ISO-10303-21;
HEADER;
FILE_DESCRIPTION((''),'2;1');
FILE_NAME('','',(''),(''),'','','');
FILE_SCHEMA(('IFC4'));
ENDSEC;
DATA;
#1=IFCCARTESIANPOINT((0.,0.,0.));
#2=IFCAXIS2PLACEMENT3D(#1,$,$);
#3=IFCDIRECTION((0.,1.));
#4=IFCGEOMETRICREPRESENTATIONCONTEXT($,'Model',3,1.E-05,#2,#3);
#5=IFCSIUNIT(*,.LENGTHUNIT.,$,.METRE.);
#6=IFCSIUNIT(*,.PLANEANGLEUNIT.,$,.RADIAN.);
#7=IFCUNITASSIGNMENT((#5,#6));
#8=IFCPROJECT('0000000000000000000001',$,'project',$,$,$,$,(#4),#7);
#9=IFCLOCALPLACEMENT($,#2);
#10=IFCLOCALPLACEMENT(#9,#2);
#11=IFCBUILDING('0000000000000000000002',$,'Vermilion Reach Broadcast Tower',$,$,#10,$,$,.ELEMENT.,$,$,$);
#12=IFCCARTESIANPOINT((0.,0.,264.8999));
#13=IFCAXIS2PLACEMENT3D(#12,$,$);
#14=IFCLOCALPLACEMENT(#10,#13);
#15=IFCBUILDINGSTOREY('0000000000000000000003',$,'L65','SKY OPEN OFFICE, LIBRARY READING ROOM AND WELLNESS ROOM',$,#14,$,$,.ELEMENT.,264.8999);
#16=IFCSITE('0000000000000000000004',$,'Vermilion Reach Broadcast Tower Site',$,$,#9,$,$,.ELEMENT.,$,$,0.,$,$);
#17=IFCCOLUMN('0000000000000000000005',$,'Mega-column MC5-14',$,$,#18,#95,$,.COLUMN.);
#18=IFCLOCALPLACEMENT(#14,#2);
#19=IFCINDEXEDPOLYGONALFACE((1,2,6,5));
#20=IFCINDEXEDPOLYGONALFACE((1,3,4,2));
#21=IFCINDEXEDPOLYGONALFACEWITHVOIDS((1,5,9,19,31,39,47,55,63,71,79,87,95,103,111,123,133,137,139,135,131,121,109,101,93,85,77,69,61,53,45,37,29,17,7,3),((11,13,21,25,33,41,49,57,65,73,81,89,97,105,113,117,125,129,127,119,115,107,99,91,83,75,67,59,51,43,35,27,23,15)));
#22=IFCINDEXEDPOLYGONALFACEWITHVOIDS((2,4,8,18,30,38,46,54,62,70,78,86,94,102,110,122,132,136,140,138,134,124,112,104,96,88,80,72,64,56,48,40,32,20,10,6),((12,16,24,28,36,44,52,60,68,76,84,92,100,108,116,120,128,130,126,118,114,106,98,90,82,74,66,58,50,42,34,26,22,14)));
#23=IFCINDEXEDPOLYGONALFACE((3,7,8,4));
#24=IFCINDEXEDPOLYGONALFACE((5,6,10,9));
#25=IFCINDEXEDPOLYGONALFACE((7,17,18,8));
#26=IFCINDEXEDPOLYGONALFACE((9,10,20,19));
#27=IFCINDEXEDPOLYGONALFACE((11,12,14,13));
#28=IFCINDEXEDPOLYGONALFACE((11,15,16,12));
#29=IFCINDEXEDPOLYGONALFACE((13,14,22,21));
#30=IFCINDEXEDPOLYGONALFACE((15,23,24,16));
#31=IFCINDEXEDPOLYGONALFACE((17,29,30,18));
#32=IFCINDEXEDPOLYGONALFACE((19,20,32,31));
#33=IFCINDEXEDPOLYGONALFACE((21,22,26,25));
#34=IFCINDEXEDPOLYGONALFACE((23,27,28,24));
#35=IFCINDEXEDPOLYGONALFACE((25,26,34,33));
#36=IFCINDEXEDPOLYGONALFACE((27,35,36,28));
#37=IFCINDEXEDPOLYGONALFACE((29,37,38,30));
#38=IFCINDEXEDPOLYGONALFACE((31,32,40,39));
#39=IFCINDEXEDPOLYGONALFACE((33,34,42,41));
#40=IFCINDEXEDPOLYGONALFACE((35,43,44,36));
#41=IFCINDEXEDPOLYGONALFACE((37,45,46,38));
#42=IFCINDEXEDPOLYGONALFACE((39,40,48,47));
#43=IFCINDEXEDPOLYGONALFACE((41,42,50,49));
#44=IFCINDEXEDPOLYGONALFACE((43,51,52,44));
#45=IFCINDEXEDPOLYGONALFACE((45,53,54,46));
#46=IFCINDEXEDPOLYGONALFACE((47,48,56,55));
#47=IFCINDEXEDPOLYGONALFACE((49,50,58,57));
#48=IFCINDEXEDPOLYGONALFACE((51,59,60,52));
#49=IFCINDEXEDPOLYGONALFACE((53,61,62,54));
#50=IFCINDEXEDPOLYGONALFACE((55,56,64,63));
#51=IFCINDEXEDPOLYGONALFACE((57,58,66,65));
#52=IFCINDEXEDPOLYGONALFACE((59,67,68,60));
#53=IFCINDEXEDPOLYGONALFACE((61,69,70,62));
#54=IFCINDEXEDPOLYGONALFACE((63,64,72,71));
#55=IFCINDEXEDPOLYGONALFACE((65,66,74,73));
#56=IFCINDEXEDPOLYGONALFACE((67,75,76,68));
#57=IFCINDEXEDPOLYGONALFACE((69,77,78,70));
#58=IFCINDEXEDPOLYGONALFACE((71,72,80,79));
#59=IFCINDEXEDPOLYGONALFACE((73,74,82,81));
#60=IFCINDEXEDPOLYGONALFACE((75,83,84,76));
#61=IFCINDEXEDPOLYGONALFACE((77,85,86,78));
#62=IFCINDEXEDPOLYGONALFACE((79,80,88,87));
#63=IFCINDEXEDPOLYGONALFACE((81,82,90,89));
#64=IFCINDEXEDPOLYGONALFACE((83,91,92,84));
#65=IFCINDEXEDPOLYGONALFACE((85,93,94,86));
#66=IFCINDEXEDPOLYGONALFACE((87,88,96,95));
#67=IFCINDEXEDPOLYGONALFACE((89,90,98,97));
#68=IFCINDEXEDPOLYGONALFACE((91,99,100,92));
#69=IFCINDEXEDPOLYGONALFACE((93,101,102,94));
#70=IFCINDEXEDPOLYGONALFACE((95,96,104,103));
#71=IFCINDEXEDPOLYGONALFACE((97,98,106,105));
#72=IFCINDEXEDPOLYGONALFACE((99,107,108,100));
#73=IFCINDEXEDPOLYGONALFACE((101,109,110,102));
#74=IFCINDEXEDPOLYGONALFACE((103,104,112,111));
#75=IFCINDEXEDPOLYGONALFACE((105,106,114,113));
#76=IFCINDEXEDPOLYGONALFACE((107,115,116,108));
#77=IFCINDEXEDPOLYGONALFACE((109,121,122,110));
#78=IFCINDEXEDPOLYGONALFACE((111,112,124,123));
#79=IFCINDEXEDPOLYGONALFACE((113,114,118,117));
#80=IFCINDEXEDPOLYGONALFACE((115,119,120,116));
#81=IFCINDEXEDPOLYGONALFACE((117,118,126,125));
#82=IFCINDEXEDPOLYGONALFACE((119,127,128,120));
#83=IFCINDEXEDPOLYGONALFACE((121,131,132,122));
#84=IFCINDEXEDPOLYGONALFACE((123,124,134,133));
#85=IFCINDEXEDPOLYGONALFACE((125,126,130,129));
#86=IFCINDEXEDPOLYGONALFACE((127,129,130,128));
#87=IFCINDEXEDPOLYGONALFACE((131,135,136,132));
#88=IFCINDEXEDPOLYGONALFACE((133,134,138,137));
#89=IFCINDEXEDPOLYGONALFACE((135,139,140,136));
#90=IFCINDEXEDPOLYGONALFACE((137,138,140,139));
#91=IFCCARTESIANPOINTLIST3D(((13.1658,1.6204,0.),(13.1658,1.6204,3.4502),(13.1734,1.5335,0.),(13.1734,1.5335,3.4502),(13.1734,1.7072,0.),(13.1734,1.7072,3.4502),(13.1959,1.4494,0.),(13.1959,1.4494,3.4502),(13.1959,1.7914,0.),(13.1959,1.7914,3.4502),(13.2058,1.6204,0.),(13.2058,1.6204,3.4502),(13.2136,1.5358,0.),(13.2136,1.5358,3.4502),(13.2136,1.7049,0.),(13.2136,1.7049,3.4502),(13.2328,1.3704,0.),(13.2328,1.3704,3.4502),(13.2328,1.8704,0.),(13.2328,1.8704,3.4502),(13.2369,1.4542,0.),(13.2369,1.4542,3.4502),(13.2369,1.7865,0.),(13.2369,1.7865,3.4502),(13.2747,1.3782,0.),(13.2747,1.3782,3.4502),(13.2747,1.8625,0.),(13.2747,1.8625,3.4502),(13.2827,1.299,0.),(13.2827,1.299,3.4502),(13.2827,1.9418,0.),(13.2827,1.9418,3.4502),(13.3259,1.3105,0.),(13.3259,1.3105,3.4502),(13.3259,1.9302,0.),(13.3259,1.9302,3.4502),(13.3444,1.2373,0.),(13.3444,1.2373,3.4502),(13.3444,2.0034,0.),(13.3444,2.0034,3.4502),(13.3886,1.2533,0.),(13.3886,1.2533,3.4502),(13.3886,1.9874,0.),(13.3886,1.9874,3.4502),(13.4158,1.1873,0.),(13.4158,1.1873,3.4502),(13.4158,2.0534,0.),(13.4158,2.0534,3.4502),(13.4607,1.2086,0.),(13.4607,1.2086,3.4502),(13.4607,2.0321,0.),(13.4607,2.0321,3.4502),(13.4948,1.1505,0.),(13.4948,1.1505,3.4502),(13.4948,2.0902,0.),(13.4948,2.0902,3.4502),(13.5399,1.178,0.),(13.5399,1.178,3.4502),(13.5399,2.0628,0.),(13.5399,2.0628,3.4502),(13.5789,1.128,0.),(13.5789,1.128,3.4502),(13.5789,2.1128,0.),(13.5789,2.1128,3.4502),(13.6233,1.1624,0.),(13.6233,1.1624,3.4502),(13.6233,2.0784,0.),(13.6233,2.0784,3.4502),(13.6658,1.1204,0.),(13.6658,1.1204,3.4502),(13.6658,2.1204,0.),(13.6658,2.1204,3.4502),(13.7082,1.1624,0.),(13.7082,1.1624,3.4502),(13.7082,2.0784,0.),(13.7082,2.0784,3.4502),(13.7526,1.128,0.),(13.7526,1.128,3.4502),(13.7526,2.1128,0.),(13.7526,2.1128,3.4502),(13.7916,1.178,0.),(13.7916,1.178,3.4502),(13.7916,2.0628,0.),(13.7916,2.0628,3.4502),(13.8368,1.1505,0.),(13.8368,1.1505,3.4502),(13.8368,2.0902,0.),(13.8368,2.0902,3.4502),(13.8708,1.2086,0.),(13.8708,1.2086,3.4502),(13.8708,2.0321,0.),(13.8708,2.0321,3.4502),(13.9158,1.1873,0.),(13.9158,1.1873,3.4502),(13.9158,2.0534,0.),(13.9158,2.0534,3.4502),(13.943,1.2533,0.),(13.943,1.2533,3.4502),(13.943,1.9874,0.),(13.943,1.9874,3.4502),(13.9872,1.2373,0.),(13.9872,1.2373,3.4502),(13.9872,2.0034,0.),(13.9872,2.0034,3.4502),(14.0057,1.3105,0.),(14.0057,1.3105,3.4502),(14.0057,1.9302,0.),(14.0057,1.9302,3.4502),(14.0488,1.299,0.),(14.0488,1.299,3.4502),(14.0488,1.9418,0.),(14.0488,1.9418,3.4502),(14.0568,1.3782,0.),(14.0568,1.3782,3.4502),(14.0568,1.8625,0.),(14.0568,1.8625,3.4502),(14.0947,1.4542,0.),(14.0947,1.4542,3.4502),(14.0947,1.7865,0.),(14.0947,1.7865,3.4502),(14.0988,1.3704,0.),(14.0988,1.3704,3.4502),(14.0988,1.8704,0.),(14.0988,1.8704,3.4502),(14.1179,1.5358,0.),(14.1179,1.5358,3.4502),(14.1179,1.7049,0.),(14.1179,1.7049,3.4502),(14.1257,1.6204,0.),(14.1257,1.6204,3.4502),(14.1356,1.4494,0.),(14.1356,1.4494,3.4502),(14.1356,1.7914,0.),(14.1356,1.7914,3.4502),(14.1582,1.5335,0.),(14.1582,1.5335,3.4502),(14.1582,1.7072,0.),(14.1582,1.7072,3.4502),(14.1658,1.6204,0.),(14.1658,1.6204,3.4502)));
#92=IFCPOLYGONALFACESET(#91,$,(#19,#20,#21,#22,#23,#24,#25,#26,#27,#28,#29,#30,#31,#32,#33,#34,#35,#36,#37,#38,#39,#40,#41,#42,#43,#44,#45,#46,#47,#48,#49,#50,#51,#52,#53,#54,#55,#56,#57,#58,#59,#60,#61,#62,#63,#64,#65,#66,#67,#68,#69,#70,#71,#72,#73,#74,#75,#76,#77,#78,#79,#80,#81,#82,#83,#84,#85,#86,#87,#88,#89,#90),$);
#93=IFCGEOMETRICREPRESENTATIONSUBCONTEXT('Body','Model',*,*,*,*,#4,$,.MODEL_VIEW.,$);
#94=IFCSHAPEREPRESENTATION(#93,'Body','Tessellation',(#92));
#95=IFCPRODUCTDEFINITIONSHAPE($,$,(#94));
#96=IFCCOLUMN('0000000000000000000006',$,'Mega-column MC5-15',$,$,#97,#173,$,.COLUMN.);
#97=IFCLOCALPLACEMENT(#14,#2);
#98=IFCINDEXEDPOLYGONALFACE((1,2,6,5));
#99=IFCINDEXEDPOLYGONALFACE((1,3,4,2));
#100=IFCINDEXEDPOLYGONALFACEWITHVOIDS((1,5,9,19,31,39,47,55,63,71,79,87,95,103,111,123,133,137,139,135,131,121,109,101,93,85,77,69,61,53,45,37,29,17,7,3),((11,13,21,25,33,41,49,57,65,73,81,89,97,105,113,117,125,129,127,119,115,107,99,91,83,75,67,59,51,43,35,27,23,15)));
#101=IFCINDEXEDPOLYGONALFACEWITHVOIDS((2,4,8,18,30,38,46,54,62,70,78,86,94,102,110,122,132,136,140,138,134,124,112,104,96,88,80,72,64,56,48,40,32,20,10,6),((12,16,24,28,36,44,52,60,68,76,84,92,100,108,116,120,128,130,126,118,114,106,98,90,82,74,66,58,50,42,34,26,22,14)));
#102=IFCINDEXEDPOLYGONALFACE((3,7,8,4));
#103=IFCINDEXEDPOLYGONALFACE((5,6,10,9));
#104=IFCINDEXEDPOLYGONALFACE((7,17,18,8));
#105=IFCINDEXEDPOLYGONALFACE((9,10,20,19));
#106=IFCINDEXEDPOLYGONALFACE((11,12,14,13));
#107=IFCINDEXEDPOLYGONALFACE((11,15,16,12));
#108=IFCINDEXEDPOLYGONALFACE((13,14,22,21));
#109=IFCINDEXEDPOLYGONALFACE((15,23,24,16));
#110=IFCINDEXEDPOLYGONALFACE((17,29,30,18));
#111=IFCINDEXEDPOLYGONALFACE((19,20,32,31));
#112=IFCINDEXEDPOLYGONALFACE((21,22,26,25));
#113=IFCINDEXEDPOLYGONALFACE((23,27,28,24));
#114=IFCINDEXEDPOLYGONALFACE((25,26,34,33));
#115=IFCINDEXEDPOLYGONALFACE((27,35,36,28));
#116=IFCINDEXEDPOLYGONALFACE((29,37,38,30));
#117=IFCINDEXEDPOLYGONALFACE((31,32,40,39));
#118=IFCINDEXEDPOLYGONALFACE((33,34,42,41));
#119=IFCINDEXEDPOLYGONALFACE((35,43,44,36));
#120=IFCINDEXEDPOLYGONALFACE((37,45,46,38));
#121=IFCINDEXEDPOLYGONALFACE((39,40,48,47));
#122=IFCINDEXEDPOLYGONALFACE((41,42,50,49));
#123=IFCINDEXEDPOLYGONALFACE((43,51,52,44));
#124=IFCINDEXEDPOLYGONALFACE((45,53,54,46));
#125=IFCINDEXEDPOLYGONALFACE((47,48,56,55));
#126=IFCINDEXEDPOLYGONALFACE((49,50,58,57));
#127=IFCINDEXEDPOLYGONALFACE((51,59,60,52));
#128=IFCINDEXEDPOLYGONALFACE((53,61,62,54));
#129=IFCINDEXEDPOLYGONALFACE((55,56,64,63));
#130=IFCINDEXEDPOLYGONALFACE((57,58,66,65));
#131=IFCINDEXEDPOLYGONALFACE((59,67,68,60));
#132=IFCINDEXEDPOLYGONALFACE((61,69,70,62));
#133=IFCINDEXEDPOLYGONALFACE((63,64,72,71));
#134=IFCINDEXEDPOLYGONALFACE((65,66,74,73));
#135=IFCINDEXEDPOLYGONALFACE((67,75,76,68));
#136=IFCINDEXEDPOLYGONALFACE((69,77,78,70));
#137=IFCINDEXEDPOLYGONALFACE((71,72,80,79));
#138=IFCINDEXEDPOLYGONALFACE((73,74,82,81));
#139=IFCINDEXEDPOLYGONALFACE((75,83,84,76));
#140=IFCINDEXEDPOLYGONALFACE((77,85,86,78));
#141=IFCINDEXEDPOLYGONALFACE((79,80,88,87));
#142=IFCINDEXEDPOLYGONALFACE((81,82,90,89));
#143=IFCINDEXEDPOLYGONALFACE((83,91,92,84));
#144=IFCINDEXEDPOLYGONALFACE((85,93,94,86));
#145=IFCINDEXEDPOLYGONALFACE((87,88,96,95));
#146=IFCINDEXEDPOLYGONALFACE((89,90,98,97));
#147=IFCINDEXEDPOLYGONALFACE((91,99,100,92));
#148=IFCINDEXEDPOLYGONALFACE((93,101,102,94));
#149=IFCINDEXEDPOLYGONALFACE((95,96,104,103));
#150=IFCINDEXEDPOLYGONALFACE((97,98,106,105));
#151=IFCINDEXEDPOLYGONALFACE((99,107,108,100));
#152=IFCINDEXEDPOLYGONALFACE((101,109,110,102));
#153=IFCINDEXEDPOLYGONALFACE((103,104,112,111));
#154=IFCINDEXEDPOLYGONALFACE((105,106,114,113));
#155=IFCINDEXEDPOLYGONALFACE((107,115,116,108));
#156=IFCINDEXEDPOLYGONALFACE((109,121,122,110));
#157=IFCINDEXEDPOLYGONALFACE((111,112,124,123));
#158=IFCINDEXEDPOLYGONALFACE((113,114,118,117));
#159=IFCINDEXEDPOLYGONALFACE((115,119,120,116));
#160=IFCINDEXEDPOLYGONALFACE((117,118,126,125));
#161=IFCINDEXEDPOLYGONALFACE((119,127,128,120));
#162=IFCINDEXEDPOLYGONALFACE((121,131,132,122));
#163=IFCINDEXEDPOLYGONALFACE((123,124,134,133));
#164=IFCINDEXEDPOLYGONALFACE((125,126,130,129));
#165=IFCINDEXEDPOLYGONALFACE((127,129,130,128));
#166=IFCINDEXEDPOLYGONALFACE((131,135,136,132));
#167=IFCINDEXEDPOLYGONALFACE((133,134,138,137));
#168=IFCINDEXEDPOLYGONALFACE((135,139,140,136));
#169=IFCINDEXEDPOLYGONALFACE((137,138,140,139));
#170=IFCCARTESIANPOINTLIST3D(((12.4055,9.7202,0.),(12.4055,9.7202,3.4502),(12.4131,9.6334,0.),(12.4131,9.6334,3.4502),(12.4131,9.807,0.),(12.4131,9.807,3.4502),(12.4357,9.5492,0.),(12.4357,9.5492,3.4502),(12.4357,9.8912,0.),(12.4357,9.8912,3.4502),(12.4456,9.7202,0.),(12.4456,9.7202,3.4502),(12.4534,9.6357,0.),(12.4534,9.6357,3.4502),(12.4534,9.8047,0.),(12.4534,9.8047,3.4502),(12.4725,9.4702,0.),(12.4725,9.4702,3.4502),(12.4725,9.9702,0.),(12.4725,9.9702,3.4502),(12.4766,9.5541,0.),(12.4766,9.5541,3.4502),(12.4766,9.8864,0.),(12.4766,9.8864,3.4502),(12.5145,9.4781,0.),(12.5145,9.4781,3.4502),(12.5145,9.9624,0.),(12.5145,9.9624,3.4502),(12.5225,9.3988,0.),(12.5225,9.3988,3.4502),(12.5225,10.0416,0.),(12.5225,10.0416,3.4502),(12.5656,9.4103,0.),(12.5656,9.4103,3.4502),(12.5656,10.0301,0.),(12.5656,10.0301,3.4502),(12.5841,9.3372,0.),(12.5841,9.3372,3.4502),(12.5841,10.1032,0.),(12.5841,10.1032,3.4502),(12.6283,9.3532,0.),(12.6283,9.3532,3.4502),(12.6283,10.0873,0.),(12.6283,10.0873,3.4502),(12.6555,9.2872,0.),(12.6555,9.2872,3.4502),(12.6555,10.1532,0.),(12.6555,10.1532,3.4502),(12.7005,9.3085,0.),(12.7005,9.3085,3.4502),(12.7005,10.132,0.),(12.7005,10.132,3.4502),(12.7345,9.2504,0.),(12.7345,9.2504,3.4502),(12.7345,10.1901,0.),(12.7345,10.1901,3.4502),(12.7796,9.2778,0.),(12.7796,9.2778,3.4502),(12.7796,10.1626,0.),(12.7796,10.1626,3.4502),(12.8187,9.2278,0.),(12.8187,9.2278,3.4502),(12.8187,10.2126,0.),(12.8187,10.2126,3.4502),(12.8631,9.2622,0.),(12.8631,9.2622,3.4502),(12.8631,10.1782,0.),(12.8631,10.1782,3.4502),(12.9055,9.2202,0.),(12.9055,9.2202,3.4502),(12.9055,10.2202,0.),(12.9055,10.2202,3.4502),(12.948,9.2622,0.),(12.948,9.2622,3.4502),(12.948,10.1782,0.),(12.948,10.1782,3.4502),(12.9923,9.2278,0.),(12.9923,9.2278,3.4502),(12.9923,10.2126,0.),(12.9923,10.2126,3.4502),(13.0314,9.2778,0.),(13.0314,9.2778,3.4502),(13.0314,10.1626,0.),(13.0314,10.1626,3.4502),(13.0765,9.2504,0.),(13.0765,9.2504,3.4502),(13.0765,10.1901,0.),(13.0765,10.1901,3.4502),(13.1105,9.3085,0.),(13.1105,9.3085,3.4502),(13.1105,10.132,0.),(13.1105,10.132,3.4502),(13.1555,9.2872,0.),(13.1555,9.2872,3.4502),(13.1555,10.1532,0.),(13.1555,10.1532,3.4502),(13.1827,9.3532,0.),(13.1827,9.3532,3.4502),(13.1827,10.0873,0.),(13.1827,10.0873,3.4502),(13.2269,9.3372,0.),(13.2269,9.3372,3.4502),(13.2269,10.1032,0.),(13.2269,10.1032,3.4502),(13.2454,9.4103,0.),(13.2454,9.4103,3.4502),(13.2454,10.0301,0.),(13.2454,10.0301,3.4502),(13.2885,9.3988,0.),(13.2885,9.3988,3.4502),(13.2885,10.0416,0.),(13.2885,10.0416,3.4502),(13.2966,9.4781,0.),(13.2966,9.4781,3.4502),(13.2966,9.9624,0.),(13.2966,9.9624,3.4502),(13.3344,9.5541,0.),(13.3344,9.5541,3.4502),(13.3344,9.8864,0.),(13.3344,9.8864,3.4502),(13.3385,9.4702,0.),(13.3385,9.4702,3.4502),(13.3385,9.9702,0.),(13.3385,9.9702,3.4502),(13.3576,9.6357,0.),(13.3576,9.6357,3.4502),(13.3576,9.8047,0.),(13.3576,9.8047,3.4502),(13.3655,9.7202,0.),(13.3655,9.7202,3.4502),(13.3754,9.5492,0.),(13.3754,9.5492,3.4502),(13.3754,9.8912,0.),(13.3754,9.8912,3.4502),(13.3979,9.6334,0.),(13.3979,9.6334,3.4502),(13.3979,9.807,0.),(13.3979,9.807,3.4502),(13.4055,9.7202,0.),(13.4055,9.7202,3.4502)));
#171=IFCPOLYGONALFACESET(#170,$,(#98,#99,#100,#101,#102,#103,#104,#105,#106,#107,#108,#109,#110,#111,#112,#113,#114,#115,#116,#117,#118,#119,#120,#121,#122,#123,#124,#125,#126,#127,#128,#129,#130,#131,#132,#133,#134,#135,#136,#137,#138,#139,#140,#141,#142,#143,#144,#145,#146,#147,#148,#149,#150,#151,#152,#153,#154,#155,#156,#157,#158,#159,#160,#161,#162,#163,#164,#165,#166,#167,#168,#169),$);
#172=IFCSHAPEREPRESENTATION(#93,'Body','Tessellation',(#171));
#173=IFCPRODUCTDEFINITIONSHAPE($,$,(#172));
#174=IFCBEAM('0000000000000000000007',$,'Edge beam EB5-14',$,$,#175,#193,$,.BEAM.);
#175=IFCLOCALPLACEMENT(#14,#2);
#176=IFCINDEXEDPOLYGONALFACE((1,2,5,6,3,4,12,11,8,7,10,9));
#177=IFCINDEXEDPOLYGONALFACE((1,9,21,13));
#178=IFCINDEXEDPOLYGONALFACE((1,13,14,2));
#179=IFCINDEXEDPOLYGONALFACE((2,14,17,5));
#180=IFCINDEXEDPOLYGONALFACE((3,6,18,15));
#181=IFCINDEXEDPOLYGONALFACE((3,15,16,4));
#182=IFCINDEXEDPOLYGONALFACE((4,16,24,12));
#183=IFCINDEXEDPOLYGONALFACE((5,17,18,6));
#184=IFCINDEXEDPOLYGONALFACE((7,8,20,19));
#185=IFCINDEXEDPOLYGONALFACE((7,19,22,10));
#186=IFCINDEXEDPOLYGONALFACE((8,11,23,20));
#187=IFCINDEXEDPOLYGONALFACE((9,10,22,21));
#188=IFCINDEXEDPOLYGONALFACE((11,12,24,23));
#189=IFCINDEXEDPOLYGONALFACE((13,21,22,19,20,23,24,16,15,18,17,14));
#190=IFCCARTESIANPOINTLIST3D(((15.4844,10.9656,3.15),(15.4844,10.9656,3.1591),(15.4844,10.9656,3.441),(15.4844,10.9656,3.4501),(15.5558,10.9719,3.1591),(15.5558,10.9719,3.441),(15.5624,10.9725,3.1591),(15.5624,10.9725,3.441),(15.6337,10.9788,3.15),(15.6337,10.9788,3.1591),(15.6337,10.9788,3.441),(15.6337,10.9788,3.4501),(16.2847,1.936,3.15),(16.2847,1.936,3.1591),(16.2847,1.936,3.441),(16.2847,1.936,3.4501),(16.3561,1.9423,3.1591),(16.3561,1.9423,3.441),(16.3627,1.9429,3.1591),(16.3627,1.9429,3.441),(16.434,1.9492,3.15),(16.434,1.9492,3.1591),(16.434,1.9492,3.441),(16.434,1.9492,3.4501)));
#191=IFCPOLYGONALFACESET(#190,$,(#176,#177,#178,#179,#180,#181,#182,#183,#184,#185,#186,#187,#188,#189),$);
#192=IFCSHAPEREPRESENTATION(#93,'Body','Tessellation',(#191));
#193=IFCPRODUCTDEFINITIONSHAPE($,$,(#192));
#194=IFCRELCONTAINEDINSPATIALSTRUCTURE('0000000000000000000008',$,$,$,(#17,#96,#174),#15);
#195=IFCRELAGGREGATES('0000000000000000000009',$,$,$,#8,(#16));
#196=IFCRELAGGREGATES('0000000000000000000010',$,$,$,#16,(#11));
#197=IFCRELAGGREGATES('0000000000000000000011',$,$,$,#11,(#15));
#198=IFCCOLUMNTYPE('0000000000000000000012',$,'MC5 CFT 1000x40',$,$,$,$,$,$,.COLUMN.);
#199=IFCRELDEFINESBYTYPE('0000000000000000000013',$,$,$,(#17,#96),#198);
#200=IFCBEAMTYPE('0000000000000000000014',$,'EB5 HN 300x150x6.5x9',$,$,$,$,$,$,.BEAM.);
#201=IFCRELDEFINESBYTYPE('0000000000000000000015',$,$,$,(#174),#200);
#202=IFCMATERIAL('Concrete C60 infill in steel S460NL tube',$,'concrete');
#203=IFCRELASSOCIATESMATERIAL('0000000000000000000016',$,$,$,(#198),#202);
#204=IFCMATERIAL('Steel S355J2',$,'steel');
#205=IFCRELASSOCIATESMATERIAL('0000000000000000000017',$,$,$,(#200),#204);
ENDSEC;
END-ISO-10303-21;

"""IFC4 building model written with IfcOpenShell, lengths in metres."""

from ifc_helpers import new_model, si_unit, direction, frame, origin, origin_2d, place, context, subcontext, project, spatial, hollow_circle, i_section, extrude, material, material_profile, profile_set, type_object, element, save


model = new_model("IFC4")

# Units and contexts
model_context = context("Model", 3, precision=1e-05, world=origin(), true_north=direction((0.0, 1.0)))
body_context = subcontext(model_context, "Body", "Model", "MODEL_VIEW")
ifc_project = project(units=[si_unit("LENGTHUNIT", "METRE"), si_unit("PLANEANGLEUNIT", "RADIAN")], contexts=[model_context])

# Site, building, storey
site_placement = place(None, origin())
site = spatial("IfcSite", under=ifc_project, at=site_placement, Name="Vermilion Reach Broadcast Tower Site", CompositionType="ELEMENT", RefElevation=0.0)
building_placement = place(site_placement, origin())
building = spatial("IfcBuilding", under=site, at=building_placement, Name="Vermilion Reach Broadcast Tower", CompositionType="ELEMENT")
storey_placement = place(building_placement, frame((0.0, 0.0, 264.8999)))
storey = spatial("IfcBuildingStorey", under=building, at=storey_placement, Name="L65", Description="SKY OPEN OFFICE, LIBRARY READING ROOM AND WELLNESS ROOM", CompositionType="ELEMENT", Elevation=264.8999)

# Columns
ifc_material_1 = material(Name="Concrete C60 infill in steel S460NL tube", Category="concrete")
ifc_material_profile_1 = material_profile(ifc_material_1, hollow_circle(Radius=0.5, WallThickness=0.04, at=origin_2d()), Name="Concrete C60 infill in steel S460NL tube CFT 1000x40")
ifc_profile_set_1 = profile_set([ifc_material_profile_1], Name="Concrete C60 infill in steel S460NL tube")
column_type = type_object("IfcColumnType", Name="MC5 CFT 1000x40", PredefinedType="COLUMN", material=ifc_profile_set_1)
for number, where, z_axis, x_axis, name in (
    (1, (13.6658, 1.6204, 0.0), (0.0, 0.0, 1.0), (1.0, 0.0, 0.0), "Mega-column MC5-14"),
    (2, (12.9055, 9.7202, 0.0), (0.0, 0.0, 1.0), (1.0, 0.0, 0.0), "Mega-column MC5-15"),
):
    element("IfcColumn", number, at=place(storey_placement, frame(where, z_axis=z_axis, x_axis=x_axis)), inside=storey, type_object=column_type, Name=name, PredefinedType="COLUMN", context=body_context, shape_type="SweptSolid", body=[
        extrude(hollow_circle(Radius=0.5, WallThickness=0.04, at=origin_2d()), origin(), (0.0, 0.0, 1.0), 3.4502),
    ])

# Beam
ifc_material_2 = material(Name="Steel S355J2", Category="steel")
ifc_material_profile_2 = material_profile(ifc_material_2, i_section(OverallWidth=0.1499, OverallDepth=0.3, WebThickness=0.0066, FlangeThickness=0.009, at=origin_2d()), Name="S355J2 HN 300x150x6.5x9")
ifc_profile_set_2 = profile_set([ifc_material_profile_2], Name="Steel S355J2")
beam_type_1 = type_object("IfcBeamType", Name="EB5 HN 300x150x6.5x9", PredefinedType="BEAM", material=ifc_profile_set_2)
beam_1_placement = place(storey_placement, frame((16.3594, 1.9426, 3.3), z_axis=(-0.088284, 0.996095, 0.0), x_axis=(-0.996095, -0.088284, 0.0)))
element("IfcBeam", 3, at=beam_1_placement, inside=storey, type_object=beam_type_1, Name="Edge beam EB5-14", PredefinedType="BEAM", context=body_context, shape_type="SweptSolid", body=[
    extrude(i_section(OverallWidth=0.1499, OverallDepth=0.3, WebThickness=0.0066, FlangeThickness=0.009, at=origin_2d()), origin(), (0.0, 0.0, 1.0), 9.0649),
])

save(model, "model.ifc")
